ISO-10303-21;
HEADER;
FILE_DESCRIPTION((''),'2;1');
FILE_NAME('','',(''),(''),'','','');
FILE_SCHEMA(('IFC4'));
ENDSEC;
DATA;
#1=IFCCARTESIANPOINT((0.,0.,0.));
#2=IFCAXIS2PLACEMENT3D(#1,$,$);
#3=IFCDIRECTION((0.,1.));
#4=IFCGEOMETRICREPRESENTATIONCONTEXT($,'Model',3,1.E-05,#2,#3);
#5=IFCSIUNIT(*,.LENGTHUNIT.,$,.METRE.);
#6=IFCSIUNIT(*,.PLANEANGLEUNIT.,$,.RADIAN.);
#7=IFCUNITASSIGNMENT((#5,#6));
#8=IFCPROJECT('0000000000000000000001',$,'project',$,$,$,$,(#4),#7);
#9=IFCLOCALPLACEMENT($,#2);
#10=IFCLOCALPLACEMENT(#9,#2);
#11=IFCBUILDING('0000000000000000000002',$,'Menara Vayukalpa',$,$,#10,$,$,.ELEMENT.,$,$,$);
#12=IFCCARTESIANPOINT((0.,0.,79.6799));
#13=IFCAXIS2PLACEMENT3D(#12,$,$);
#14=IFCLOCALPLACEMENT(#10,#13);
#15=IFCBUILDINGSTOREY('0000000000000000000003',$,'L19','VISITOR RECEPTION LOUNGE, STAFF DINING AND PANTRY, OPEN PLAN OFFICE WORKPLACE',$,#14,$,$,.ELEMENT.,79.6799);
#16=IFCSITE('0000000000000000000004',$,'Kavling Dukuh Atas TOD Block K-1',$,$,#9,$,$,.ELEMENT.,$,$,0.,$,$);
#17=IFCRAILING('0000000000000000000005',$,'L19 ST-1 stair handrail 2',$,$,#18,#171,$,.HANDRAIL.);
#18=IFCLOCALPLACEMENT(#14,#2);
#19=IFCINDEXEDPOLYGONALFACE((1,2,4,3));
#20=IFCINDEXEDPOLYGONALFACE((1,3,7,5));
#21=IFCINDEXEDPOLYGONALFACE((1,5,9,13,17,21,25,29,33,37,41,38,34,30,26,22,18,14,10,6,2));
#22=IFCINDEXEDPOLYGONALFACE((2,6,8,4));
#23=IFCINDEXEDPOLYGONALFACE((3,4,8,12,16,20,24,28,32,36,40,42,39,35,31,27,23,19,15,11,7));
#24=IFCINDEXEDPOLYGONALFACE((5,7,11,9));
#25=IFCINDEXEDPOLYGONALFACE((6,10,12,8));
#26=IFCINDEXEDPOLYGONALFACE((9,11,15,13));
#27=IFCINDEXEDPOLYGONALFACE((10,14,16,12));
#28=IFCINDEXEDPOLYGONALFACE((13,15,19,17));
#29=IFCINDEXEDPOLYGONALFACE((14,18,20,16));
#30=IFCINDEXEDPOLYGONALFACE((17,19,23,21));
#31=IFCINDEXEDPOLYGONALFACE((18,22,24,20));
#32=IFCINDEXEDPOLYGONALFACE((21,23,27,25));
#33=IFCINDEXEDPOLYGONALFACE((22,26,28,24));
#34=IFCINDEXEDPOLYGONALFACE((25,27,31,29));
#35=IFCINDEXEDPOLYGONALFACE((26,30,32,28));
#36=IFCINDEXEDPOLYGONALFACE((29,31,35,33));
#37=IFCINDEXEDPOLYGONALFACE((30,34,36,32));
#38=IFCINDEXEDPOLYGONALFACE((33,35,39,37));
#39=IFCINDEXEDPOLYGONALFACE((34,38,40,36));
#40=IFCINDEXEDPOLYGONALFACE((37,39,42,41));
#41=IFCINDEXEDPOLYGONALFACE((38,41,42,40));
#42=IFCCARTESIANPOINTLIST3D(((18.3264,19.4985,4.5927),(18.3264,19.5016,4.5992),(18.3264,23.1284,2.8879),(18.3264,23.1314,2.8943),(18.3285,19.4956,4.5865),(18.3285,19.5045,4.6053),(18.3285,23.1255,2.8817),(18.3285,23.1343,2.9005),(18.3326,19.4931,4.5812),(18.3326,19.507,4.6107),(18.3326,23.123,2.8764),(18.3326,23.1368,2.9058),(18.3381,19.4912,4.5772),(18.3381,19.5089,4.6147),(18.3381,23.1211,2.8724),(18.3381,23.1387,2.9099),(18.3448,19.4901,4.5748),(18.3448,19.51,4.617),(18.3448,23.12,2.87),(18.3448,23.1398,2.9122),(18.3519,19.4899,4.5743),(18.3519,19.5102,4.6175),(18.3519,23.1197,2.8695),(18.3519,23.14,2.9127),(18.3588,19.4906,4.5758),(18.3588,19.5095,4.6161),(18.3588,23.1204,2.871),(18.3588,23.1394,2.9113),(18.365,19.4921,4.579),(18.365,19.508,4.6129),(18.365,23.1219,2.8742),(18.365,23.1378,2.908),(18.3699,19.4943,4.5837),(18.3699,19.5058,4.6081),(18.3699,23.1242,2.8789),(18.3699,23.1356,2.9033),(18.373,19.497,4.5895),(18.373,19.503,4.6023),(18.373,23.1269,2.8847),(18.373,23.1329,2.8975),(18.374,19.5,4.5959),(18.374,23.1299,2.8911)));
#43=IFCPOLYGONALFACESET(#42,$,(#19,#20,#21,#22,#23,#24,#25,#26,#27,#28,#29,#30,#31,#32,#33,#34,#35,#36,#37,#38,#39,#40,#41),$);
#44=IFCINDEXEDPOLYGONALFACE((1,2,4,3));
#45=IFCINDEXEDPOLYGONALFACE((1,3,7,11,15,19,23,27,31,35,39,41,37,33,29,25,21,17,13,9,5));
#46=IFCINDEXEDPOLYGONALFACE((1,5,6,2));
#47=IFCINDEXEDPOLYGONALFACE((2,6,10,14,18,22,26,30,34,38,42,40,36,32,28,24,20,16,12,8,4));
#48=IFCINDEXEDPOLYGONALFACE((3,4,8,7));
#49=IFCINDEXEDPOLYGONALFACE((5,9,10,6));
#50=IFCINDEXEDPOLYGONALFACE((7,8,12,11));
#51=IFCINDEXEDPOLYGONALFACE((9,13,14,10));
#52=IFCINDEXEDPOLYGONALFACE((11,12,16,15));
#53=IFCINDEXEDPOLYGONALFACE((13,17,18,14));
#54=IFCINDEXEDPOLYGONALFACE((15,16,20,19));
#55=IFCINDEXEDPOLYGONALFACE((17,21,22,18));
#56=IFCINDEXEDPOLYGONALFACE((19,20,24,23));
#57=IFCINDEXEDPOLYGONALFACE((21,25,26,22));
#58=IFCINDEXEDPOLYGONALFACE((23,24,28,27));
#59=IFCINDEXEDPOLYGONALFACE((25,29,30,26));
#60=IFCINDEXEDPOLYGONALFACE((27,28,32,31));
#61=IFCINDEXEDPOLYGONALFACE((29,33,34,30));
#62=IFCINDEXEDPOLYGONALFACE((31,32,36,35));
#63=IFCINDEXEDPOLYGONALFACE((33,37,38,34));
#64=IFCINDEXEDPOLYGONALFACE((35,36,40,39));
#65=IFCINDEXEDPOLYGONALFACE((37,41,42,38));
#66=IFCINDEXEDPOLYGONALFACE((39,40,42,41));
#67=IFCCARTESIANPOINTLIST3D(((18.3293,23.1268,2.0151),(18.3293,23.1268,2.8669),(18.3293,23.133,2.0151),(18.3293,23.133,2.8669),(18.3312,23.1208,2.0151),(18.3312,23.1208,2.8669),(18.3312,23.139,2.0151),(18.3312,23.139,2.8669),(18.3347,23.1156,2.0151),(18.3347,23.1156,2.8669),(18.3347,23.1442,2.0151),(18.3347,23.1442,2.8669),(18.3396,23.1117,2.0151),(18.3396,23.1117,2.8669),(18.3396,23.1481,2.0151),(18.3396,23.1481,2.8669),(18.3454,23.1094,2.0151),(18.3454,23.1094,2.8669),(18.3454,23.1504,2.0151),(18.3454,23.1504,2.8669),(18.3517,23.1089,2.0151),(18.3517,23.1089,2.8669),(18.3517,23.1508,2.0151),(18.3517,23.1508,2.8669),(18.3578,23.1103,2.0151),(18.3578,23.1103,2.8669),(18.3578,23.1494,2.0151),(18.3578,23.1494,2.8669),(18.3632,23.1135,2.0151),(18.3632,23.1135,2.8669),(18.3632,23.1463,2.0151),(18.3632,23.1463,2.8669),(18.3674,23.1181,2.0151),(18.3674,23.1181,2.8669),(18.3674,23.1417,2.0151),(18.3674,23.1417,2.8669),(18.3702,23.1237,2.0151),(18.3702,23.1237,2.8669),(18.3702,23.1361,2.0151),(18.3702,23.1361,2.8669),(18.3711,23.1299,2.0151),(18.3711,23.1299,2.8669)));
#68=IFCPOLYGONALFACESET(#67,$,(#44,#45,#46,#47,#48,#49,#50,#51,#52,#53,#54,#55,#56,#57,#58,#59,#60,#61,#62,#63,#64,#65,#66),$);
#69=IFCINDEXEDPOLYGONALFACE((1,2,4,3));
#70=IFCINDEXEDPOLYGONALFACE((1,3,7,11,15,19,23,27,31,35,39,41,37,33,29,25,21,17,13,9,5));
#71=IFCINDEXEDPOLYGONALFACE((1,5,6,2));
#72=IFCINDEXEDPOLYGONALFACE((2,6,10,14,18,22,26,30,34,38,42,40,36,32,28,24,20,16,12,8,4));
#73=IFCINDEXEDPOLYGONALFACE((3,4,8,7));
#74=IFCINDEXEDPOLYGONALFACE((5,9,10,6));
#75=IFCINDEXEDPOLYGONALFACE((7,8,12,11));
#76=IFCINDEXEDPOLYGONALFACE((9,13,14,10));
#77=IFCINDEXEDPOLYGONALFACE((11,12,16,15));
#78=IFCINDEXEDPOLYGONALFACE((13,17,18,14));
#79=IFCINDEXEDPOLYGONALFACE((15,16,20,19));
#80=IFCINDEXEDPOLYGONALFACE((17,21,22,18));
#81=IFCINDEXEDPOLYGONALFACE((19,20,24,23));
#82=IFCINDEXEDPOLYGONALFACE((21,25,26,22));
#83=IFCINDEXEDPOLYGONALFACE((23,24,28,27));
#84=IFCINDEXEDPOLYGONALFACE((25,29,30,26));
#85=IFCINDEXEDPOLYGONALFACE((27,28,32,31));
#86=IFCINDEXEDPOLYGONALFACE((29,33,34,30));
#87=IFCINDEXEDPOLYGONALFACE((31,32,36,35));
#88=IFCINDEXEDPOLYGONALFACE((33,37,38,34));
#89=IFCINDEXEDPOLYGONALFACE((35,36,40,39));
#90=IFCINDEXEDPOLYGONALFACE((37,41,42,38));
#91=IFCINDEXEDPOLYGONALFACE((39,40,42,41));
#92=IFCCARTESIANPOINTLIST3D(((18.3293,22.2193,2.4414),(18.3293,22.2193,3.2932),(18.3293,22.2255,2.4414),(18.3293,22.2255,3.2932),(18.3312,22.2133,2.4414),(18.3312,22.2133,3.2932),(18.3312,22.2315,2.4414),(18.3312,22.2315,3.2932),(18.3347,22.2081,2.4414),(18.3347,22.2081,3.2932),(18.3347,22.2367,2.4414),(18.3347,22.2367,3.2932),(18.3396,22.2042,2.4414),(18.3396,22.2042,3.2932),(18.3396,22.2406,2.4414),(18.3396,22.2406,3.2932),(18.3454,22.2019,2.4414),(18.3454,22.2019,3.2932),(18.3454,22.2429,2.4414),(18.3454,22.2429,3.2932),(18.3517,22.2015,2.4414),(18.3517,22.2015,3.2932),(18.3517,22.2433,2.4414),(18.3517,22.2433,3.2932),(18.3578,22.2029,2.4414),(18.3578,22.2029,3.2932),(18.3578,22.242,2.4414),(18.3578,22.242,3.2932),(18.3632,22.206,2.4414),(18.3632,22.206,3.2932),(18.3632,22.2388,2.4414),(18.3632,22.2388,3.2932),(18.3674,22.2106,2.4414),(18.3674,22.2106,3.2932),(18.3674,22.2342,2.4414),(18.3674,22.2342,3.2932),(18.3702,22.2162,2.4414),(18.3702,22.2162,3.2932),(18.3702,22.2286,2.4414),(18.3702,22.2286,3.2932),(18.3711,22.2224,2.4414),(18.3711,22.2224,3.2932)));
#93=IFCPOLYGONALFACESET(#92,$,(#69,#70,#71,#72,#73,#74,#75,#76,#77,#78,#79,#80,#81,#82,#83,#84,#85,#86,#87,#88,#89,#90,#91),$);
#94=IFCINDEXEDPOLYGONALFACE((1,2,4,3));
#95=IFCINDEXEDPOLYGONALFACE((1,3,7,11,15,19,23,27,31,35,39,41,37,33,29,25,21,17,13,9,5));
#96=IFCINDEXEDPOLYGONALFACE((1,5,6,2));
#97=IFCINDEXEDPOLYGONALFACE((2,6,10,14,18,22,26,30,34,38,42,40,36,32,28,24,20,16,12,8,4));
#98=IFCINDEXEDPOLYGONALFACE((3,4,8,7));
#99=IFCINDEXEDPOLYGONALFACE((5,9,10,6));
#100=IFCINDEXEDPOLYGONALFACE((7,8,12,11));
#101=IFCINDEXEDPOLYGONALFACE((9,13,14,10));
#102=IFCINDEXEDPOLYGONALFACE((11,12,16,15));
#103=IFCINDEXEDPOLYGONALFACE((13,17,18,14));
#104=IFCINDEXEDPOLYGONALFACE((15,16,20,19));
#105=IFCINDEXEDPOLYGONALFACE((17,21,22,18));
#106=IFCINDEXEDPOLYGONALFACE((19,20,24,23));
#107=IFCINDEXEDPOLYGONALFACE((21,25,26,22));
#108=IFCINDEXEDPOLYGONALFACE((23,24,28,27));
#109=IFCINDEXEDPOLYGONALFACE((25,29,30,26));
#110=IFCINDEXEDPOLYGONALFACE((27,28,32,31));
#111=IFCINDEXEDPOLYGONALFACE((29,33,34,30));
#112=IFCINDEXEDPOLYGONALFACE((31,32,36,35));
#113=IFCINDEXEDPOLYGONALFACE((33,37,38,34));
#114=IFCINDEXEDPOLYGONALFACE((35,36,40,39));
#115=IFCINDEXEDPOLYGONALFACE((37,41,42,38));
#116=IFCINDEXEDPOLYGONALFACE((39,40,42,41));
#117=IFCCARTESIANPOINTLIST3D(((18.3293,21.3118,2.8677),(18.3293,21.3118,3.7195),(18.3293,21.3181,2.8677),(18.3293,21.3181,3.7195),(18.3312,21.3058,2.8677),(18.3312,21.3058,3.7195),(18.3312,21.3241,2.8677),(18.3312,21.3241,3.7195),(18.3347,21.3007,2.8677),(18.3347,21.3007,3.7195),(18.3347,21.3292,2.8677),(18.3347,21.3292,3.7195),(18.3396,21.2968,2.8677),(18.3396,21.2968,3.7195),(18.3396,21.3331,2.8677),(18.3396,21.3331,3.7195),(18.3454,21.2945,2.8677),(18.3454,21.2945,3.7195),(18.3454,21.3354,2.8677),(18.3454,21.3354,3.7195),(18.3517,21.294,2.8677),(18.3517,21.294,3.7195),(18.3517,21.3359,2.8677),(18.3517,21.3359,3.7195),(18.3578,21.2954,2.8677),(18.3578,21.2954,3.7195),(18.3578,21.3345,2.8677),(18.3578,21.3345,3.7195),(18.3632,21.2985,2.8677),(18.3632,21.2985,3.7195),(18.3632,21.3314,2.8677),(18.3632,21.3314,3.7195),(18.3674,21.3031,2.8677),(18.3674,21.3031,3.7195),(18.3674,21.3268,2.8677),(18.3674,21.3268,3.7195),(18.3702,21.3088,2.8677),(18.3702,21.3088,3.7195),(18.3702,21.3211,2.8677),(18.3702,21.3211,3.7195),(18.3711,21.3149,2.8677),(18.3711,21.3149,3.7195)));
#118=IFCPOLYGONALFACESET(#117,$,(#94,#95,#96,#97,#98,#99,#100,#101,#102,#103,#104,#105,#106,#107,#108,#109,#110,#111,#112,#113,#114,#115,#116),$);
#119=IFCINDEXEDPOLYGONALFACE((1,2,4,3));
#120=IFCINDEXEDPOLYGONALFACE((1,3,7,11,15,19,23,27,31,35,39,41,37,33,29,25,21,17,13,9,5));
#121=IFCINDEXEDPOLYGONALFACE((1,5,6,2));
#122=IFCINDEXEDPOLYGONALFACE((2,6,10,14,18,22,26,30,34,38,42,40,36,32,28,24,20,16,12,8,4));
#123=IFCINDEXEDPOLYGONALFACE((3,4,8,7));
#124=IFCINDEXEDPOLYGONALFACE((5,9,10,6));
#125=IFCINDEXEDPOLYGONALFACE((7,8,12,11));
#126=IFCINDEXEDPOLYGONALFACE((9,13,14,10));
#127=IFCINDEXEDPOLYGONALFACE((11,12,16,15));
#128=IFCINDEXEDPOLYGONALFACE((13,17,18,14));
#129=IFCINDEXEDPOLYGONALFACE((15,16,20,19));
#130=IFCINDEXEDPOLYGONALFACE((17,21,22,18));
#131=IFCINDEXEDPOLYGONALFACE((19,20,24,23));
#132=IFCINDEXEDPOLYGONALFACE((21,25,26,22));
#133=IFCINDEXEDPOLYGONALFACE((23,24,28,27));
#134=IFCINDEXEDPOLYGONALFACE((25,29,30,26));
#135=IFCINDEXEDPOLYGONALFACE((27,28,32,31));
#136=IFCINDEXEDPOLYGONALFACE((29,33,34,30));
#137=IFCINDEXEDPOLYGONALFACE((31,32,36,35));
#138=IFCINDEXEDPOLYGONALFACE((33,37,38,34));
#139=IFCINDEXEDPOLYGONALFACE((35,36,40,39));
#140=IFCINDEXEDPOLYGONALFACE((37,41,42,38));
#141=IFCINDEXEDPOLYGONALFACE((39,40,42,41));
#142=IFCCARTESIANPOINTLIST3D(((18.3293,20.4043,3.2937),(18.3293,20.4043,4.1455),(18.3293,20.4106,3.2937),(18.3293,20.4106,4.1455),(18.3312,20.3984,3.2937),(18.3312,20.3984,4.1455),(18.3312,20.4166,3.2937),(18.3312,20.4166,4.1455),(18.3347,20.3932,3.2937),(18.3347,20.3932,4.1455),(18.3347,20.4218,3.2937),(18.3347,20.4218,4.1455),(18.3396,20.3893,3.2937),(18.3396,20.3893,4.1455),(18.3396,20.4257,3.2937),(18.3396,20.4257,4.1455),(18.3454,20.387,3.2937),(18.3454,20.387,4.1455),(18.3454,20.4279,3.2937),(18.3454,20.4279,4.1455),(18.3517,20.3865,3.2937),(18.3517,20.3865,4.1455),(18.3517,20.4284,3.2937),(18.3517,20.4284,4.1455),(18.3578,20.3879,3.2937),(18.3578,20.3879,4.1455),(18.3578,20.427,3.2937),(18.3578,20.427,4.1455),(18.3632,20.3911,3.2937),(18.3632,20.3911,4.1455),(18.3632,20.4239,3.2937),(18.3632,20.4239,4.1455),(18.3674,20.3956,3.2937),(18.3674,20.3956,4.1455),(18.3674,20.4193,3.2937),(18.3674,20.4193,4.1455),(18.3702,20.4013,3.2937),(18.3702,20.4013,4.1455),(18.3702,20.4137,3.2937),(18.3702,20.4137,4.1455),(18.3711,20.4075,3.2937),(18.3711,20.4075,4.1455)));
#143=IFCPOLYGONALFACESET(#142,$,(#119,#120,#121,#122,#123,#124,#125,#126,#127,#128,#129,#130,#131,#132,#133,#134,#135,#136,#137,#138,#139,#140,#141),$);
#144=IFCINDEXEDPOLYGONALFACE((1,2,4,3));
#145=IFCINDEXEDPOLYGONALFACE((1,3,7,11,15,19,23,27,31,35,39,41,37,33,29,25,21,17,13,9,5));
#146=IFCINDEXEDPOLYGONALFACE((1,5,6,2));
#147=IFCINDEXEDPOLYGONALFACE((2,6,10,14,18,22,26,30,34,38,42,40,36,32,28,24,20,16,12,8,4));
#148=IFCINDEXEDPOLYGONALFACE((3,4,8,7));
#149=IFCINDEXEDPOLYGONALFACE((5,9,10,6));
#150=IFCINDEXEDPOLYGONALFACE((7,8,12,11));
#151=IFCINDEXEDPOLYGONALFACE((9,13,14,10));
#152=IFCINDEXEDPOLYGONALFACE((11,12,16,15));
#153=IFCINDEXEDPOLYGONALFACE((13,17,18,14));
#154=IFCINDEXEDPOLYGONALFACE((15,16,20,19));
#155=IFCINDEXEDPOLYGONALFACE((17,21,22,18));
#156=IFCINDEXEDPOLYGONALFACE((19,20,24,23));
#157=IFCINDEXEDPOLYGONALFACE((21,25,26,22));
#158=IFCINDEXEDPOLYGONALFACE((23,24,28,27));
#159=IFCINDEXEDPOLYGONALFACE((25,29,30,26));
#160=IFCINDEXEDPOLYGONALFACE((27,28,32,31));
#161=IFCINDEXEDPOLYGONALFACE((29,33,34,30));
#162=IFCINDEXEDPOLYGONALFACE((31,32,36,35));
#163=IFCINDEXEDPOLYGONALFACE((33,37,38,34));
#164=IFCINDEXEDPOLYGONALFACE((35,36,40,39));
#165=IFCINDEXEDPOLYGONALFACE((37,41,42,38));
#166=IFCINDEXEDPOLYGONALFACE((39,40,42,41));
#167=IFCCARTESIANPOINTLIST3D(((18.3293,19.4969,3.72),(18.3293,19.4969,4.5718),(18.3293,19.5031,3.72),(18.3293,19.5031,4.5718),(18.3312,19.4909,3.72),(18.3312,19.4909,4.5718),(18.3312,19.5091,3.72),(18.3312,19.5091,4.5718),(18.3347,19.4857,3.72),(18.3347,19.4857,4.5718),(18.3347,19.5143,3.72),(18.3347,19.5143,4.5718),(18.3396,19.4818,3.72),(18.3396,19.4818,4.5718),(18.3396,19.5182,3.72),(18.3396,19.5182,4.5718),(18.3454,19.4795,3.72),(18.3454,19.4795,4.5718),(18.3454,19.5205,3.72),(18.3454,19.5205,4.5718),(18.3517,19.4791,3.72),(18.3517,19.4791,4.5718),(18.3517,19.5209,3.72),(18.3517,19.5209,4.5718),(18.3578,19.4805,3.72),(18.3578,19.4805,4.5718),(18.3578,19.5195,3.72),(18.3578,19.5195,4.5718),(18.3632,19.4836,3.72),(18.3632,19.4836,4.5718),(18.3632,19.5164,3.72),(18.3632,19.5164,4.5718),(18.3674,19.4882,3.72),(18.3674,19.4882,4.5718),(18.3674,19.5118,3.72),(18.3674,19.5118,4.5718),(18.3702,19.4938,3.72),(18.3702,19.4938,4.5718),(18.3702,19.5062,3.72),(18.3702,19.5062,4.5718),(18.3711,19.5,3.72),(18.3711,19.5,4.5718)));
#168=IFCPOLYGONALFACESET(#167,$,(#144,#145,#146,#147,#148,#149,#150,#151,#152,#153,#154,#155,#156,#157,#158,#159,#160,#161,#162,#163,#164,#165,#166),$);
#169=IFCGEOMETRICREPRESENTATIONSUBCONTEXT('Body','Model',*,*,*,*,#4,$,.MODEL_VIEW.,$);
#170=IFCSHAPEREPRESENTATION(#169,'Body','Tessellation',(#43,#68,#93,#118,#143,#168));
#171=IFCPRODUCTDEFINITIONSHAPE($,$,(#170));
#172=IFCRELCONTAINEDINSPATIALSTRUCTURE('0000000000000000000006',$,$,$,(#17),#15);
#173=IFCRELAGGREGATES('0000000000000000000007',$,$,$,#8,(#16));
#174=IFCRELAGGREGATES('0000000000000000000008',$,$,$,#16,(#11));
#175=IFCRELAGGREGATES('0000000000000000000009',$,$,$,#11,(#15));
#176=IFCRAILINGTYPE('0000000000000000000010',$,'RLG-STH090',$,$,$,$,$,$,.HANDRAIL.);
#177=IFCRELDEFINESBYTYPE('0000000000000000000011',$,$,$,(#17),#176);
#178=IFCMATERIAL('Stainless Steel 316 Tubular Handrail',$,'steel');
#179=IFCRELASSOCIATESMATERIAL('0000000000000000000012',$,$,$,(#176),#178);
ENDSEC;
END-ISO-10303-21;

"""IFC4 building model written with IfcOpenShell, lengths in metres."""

from ifc_helpers import new_model, si_unit, direction, frame, origin, origin_2d, place, context, subcontext, project, spatial, circle, extrude, material, type_object, element, save


model = new_model("IFC4")

# Units and contexts
model_context = context("Model", 3, precision=1e-05, world=origin(), true_north=direction((0.0, 1.0)))
body_context = subcontext(model_context, "Body", "Model", "MODEL_VIEW")
ifc_project = project(units=[si_unit("LENGTHUNIT", "METRE"), si_unit("PLANEANGLEUNIT", "RADIAN")], contexts=[model_context])

# Site, building, storey
site_placement = place(None, origin())
site = spatial("IfcSite", under=ifc_project, at=site_placement, Name="Kavling Dukuh Atas TOD Block K-1", CompositionType="ELEMENT", RefElevation=0.0)
building_placement = place(site_placement, origin())
building = spatial("IfcBuilding", under=site, at=building_placement, Name="Menara Vayukalpa", CompositionType="ELEMENT")
storey_placement = place(building_placement, frame((0.0, 0.0, 79.6799)))
storey = spatial("IfcBuildingStorey", under=building, at=storey_placement, Name="L19", Description="VISITOR RECEPTION LOUNGE, STAFF DINING AND PANTRY, OPEN PLAN OFFICE WORKPLACE", CompositionType="ELEMENT", Elevation=79.6799)

# Railing
ifc_material_1 = material(Name="Stainless Steel 316 Tubular Handrail", Category="steel")
railing_type_1 = type_object("IfcRailingType", Name="RLG-STH090", PredefinedType="HANDRAIL", material=ifc_material_1)
railing_1_placement = place(storey_placement, frame((18.3501, 23.1299, 2.0151)))
element("IfcRailing", 1, at=railing_1_placement, inside=storey, type_object=railing_type_1, Name="L19 ST-1 stair handrail 2", PredefinedType="HANDRAIL", context=body_context, shape_type="SweptSolid", body=[
    extrude(circle(Radius=0.0239, at=origin_2d()), frame((0.0, 0.0, 0.876), z_axis=(0.0, -0.90514, 0.425114), x_axis=(1.0, 0.0, 0.0)), (0.0, 0.0, 1.0), 4.0103),
    extrude(circle(Radius=0.021, at=origin_2d()), origin(), (0.0, 0.0, 1.0), 0.8518),
    extrude(circle(Radius=0.021, at=origin_2d()), frame((0.0, -0.9075, 0.4263)), (0.0, 0.0, 1.0), 0.8518),
    extrude(circle(Radius=0.021, at=origin_2d()), frame((0.0, -1.8149, 0.8525)), (0.0, 0.0, 1.0), 0.8518),
    extrude(circle(Radius=0.021, at=origin_2d()), frame((0.0, -2.7224, 1.2786)), (0.0, 0.0, 1.0), 0.8518),
    extrude(circle(Radius=0.021, at=origin_2d()), frame((0.0, -3.6299, 1.7048)), (0.0, 0.0, 1.0), 0.8518),
])

save(model, "model.ifc")
